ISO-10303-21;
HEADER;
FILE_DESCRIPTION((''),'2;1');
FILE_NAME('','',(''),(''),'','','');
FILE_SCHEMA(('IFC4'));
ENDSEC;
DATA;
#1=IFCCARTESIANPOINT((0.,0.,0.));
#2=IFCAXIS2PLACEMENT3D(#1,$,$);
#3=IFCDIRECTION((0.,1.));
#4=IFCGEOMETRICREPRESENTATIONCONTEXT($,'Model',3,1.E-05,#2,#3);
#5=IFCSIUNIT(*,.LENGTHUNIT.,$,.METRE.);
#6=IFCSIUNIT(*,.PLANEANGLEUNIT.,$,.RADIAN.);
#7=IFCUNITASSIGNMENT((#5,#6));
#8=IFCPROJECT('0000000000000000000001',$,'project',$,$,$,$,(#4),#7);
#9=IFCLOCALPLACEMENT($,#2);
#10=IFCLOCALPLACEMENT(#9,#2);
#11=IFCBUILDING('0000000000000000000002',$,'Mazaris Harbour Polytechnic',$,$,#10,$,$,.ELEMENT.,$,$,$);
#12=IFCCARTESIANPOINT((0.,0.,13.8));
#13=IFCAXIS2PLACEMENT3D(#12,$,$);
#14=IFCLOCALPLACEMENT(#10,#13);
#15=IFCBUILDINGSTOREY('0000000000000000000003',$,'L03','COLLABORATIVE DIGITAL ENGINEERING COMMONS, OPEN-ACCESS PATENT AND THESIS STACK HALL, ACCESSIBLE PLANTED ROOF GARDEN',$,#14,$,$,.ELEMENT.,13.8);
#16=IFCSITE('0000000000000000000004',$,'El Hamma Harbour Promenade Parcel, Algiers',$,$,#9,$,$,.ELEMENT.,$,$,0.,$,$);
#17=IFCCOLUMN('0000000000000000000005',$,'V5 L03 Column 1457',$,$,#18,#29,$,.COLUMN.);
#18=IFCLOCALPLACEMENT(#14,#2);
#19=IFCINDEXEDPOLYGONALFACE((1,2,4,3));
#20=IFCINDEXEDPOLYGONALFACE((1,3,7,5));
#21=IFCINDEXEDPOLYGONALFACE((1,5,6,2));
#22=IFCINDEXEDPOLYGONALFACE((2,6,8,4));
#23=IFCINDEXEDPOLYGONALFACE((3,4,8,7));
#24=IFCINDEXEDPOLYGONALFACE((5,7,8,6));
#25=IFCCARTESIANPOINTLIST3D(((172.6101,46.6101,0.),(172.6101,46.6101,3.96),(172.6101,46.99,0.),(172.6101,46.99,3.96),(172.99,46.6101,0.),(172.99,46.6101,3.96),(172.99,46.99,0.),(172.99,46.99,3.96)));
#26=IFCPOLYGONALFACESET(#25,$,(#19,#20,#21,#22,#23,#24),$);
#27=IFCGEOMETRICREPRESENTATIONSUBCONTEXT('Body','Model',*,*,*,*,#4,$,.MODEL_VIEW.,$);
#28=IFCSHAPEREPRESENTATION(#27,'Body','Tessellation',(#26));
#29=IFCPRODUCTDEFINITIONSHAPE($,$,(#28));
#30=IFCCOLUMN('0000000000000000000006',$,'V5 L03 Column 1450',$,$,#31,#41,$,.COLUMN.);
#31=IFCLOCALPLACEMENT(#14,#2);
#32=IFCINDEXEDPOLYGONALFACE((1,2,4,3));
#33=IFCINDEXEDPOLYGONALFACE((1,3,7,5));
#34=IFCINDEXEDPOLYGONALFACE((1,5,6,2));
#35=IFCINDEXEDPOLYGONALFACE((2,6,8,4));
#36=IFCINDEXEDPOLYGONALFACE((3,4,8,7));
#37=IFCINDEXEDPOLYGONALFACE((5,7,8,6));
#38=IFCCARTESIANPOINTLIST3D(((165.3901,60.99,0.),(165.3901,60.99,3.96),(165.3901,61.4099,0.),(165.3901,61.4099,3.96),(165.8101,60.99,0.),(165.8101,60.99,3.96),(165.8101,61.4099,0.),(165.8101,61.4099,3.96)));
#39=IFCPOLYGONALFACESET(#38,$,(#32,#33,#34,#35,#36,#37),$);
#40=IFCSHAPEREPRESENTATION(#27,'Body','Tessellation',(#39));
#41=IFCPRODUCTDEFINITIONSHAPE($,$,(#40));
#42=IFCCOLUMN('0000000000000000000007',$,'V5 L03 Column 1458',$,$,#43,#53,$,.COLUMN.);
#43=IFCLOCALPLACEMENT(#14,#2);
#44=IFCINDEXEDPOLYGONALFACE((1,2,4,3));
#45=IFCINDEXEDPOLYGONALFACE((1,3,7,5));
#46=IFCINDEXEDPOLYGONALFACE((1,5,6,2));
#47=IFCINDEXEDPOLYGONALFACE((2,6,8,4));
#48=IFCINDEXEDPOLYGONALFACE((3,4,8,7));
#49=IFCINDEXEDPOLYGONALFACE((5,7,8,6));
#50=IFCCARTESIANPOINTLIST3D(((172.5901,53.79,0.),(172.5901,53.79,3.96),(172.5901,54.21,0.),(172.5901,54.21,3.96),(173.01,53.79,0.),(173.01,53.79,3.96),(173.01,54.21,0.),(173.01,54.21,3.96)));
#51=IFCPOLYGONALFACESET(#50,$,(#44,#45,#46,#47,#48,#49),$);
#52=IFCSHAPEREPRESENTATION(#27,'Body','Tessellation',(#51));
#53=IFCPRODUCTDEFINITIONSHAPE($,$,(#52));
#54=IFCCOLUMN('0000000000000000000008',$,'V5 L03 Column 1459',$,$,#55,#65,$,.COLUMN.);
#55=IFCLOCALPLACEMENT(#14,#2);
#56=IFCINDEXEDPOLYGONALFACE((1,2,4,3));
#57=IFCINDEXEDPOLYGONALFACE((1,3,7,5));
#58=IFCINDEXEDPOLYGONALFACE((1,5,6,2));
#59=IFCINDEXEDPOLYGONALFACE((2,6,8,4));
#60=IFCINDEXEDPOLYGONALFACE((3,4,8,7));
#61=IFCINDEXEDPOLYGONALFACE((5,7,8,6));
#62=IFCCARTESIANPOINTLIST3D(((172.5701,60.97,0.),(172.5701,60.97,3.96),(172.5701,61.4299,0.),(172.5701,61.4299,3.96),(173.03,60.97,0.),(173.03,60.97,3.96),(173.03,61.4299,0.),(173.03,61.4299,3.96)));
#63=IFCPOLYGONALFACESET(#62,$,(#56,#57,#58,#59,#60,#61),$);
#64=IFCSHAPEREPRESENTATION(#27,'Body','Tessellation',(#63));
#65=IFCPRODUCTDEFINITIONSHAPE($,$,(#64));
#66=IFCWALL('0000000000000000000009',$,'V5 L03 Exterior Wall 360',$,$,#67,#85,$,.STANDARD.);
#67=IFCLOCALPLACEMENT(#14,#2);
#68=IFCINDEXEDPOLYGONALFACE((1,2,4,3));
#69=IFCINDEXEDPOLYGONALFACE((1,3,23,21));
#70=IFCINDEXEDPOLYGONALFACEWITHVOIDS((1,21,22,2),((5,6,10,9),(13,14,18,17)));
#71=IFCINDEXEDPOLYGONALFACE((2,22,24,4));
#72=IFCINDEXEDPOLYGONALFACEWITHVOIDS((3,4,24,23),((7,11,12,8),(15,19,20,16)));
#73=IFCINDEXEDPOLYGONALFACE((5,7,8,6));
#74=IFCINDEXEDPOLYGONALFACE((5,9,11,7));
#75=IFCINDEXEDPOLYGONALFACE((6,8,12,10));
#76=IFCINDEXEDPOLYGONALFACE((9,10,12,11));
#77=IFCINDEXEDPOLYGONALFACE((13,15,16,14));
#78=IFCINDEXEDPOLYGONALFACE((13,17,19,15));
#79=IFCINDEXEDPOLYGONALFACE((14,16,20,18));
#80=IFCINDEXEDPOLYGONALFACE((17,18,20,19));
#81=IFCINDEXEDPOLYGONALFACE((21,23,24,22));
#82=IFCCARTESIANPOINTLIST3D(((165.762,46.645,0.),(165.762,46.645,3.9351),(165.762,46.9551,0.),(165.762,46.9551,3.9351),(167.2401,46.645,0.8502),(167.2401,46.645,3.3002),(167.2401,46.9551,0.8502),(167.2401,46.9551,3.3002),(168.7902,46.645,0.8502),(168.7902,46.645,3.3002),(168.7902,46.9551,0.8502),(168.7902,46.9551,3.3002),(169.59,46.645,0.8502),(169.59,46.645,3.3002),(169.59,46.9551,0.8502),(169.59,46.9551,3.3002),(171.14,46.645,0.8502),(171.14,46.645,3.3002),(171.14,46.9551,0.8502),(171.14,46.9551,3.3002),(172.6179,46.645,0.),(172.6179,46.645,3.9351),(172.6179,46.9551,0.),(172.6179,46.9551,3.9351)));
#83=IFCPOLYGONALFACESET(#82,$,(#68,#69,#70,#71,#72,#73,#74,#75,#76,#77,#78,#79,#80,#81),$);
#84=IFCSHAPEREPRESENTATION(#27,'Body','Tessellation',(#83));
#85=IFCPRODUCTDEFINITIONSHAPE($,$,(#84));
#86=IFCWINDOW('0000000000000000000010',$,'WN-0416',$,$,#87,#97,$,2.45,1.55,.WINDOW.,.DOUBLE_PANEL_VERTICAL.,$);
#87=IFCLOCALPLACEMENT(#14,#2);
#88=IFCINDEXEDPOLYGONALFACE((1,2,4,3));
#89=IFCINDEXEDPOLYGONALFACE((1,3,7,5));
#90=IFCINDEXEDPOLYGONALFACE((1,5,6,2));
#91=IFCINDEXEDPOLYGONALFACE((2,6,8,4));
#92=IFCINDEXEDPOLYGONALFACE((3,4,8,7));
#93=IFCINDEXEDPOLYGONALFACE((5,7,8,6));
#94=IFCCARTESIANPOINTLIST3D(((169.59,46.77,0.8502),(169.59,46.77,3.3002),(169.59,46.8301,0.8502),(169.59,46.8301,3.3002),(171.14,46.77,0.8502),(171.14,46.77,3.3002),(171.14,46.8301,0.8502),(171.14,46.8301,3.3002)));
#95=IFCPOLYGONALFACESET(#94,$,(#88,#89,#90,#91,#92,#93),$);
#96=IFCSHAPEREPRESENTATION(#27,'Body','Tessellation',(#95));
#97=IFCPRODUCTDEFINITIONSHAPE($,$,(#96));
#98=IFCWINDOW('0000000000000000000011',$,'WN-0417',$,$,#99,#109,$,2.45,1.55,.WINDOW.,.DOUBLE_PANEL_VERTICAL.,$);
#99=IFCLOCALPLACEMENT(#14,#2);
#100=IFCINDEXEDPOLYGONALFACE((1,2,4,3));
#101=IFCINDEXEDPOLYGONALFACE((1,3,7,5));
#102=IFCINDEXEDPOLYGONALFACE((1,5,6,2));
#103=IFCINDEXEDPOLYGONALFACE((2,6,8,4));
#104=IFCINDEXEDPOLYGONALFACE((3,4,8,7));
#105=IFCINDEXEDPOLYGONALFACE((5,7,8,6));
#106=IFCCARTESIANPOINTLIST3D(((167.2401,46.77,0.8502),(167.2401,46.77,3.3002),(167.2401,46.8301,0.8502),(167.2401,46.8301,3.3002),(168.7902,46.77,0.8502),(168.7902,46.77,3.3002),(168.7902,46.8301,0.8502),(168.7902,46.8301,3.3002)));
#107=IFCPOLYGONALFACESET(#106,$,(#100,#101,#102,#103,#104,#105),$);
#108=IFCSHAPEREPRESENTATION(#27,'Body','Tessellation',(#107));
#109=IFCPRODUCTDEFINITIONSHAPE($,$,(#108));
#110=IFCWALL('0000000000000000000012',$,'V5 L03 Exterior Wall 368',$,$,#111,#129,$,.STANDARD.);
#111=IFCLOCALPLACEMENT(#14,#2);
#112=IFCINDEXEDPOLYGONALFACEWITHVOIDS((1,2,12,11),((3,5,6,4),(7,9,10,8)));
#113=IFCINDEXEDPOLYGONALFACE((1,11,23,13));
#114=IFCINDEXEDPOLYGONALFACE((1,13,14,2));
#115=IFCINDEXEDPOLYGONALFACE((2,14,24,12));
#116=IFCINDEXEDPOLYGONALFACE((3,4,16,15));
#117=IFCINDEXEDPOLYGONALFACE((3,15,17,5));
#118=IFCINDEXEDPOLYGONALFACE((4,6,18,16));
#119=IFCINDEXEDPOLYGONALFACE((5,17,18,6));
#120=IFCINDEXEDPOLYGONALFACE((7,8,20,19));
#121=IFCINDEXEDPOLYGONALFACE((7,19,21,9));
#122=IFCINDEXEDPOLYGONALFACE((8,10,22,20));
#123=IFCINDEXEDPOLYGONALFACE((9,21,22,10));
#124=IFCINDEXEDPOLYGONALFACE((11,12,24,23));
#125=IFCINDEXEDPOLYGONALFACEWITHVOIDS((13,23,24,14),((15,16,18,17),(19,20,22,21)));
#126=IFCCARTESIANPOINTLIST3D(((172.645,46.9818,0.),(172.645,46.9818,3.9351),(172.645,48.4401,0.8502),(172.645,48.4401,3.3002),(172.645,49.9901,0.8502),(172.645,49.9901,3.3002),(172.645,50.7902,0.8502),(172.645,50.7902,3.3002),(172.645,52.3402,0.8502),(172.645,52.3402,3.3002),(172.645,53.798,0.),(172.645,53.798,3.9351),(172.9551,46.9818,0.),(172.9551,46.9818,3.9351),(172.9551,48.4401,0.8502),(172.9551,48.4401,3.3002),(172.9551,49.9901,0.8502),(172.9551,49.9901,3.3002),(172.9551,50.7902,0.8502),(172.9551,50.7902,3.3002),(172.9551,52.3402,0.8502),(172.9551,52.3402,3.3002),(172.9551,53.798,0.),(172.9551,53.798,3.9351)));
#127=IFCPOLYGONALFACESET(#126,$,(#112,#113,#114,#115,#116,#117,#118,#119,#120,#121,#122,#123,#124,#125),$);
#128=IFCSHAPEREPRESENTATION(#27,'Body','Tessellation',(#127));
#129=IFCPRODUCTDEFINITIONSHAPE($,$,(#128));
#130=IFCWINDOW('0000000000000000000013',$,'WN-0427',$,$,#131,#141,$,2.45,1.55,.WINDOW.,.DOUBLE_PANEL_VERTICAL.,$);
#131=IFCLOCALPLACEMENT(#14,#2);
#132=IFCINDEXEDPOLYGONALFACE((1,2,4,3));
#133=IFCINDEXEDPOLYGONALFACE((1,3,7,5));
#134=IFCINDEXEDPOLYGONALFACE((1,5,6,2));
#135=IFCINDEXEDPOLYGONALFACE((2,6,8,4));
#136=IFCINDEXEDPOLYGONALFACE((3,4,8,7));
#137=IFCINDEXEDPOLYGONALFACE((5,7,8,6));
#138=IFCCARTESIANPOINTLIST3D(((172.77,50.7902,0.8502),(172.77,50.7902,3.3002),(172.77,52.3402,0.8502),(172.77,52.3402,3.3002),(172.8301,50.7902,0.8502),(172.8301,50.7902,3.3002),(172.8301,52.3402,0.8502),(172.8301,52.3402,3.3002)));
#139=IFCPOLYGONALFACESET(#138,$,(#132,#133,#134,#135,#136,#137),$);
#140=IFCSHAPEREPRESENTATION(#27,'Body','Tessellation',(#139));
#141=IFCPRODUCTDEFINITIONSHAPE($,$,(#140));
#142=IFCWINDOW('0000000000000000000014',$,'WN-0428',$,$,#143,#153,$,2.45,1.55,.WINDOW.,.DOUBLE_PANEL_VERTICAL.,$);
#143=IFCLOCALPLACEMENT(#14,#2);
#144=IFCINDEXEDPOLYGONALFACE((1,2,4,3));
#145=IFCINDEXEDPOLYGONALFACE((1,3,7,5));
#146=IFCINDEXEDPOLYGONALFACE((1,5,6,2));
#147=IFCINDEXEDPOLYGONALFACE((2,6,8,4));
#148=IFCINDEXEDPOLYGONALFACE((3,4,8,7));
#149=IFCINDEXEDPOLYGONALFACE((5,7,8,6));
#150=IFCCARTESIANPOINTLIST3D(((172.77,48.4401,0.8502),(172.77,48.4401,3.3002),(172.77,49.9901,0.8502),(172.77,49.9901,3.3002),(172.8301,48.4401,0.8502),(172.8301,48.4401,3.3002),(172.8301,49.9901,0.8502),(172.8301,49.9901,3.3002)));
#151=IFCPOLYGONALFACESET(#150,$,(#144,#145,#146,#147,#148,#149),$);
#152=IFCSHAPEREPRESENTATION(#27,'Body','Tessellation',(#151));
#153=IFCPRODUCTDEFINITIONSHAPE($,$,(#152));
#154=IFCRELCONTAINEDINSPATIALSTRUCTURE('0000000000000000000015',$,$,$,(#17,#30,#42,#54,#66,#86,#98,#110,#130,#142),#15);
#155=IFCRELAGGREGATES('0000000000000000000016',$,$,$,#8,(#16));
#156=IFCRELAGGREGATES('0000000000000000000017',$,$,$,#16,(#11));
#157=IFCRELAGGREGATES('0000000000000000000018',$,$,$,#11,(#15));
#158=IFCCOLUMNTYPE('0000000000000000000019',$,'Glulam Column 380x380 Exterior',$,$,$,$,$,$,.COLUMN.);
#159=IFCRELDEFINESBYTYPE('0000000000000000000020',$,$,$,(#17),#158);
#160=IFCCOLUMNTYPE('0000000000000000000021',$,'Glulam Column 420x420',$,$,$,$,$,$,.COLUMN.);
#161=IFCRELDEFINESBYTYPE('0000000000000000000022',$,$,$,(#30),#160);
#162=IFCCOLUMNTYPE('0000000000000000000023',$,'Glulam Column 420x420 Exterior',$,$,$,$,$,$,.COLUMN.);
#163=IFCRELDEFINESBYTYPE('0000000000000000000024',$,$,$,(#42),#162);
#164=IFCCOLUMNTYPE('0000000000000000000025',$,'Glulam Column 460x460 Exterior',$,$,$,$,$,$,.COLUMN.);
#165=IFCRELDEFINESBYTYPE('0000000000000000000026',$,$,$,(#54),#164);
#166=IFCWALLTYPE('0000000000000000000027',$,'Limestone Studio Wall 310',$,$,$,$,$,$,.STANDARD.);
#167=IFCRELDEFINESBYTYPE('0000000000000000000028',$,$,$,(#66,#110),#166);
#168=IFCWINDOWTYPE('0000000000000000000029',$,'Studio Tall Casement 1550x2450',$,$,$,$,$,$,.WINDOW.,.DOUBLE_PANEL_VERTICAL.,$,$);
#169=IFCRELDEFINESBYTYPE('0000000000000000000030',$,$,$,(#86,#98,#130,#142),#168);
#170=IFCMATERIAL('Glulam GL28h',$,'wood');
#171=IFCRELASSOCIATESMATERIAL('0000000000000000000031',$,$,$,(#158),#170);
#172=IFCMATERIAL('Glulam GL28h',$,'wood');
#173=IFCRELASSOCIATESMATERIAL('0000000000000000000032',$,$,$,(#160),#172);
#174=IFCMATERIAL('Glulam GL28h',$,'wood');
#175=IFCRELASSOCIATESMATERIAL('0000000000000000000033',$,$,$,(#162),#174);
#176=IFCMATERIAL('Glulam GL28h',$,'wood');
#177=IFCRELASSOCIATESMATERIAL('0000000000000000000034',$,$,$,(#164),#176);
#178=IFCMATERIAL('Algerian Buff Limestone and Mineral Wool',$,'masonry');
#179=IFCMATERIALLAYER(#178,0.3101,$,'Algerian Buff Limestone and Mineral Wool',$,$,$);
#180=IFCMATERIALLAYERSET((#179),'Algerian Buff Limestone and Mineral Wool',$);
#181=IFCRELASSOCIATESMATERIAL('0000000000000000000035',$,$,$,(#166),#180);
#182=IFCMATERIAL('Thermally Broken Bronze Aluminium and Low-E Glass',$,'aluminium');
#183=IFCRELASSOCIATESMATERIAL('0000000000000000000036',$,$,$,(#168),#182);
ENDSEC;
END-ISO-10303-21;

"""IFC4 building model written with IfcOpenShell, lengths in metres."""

from ifc_helpers import new_model, si_unit, direction, frame, frame_2d, origin, origin_2d, place, context, subcontext, project, spatial, rectangle, extrude, material, layer, layer_set, material_profile, profile_set, type_object, element, fill, save


model = new_model("IFC4")

# Units and contexts
model_context = context("Model", 3, precision=1e-05, world=origin(), true_north=direction((0.0, 1.0)))
body_context = subcontext(model_context, "Body", "Model", "MODEL_VIEW")
ifc_project = project(units=[si_unit("LENGTHUNIT", "METRE"), si_unit("PLANEANGLEUNIT", "RADIAN")], contexts=[model_context])

# Site, building, storey
site_placement = place(None, origin())
site = spatial("IfcSite", under=ifc_project, at=site_placement, Name="El Hamma Harbour Promenade Parcel, Algiers", CompositionType="ELEMENT", RefElevation=0.0)
building_placement = place(site_placement, origin())
building = spatial("IfcBuilding", under=site, at=building_placement, Name="Mazaris Harbour Polytechnic", CompositionType="ELEMENT")
storey_placement = place(building_placement, frame((0.0, 0.0, 13.8)))
storey = spatial("IfcBuildingStorey", under=building, at=storey_placement, Name="L03", Description="COLLABORATIVE DIGITAL ENGINEERING COMMONS, OPEN-ACCESS PATENT AND THESIS STACK HALL, ACCESSIBLE PLANTED ROOF GARDEN", CompositionType="ELEMENT", Elevation=13.8)

# Columns
ifc_material_1 = material(Name="Glulam GL28h", Category="wood")
ifc_material_profile_1 = material_profile(ifc_material_1, rectangle(XDim=0.3799, YDim=0.3799, at=origin_2d()), Name="RECT380x380")
ifc_profile_set_1 = profile_set([ifc_material_profile_1], Name="Glulam GL28h")
column_type_1 = type_object("IfcColumnType", Name="Glulam Column 380x380 Exterior", PredefinedType="COLUMN", material=ifc_profile_set_1)
column_1_placement = place(storey_placement, frame((172.8, 46.8, 0.0), z_axis=(0.0, 0.0, 1.0), x_axis=(1.0, 0.0, 0.0)))
element("IfcColumn", 1, at=column_1_placement, inside=storey, type_object=column_type_1, Name="V5 L03 Column 1457", PredefinedType="COLUMN", context=body_context, shape_type="SweptSolid", body=[
    extrude(rectangle(XDim=0.3799, YDim=0.3799, at=origin_2d()), origin(), (0.0, 0.0, 1.0), 3.96),
])
ifc_material_2 = material(Name="Glulam GL28h", Category="wood")
ifc_material_profile_2 = material_profile(ifc_material_2, rectangle(XDim=0.4199, YDim=0.4199, at=origin_2d()), Name="RECT420x420")
ifc_profile_set_2 = profile_set([ifc_material_profile_2], Name="Glulam GL28h")
column_type_2 = type_object("IfcColumnType", Name="Glulam Column 420x420", PredefinedType="COLUMN", material=ifc_profile_set_2)
column_2_placement = place(storey_placement, frame((165.6001, 61.2, 0.0), z_axis=(0.0, 0.0, 1.0), x_axis=(1.0, 0.0, 0.0)))
element("IfcColumn", 2, at=column_2_placement, inside=storey, type_object=column_type_2, Name="V5 L03 Column 1450", PredefinedType="COLUMN", context=body_context, shape_type="SweptSolid", body=[
    extrude(rectangle(XDim=0.4199, YDim=0.4199, at=origin_2d()), origin(), (0.0, 0.0, 1.0), 3.96),
])
ifc_material_3 = material(Name="Glulam GL28h", Category="wood")
ifc_material_profile_3 = material_profile(ifc_material_3, rectangle(XDim=0.4199, YDim=0.4199, at=origin_2d()), Name="RECT420x420")
ifc_profile_set_3 = profile_set([ifc_material_profile_3], Name="Glulam GL28h")
column_type_3 = type_object("IfcColumnType", Name="Glulam Column 420x420 Exterior", PredefinedType="COLUMN", material=ifc_profile_set_3)
column_3_placement = place(storey_placement, frame((172.8, 54.0, 0.0), z_axis=(0.0, 0.0, 1.0), x_axis=(1.0, 0.0, 0.0)))
element("IfcColumn", 3, at=column_3_placement, inside=storey, type_object=column_type_3, Name="V5 L03 Column 1458", PredefinedType="COLUMN", context=body_context, shape_type="SweptSolid", body=[
    extrude(rectangle(XDim=0.4199, YDim=0.4199, at=origin_2d()), origin(), (0.0, 0.0, 1.0), 3.96),
])
ifc_material_4 = material(Name="Glulam GL28h", Category="wood")
ifc_material_profile_4 = material_profile(ifc_material_4, rectangle(XDim=0.46, YDim=0.46, at=origin_2d()), Name="RECT460x460")
ifc_profile_set_4 = profile_set([ifc_material_profile_4], Name="Glulam GL28h")
column_type_4 = type_object("IfcColumnType", Name="Glulam Column 460x460 Exterior", PredefinedType="COLUMN", material=ifc_profile_set_4)
column_4_placement = place(storey_placement, frame((172.8, 61.2, 0.0), z_axis=(0.0, 0.0, 1.0), x_axis=(1.0, 0.0, 0.0)))
element("IfcColumn", 4, at=column_4_placement, inside=storey, type_object=column_type_4, Name="V5 L03 Column 1459", PredefinedType="COLUMN", context=body_context, shape_type="SweptSolid", body=[
    extrude(rectangle(XDim=0.46, YDim=0.46, at=origin_2d()), origin(), (0.0, 0.0, 1.0), 3.96),
])

# Walls, openings, windows
ifc_material_5 = material(Name="Algerian Buff Limestone and Mineral Wool", Category="masonry")
ifc_layer = layer(ifc_material_5, 0.3101, Name="Algerian Buff Limestone and Mineral Wool")
ifc_layer_set = layer_set([ifc_layer], Name="Algerian Buff Limestone and Mineral Wool")
wall_type = type_object("IfcWallType", Name="Limestone Studio Wall 310", PredefinedType="STANDARD", material=ifc_layer_set)
wall_1_placement = place(storey_placement, frame((172.6179, 46.8, 0.0), z_axis=(0.0, 0.0, 1.0), x_axis=(-1.0, 0.0, 0.0)))
wall_1 = element("IfcWall", 5, at=wall_1_placement, inside=storey, type_object=wall_type, Name="V5 L03 Exterior Wall 360", PredefinedType="STANDARD", context=body_context, shape_type="SweptSolid", body=[
    extrude(rectangle(XDim=6.856, YDim=0.3101, at=frame_2d((3.428, 0.0))), origin(), (0.0, 0.0, 1.0), 3.9351),
])
opening_1_placement = place(wall_1_placement, frame((1.478, 0.0, 0.8501)))
opening_1 = element("IfcOpeningElement", 6, at=opening_1_placement, cuts=wall_1, PredefinedType="OPENING", context=body_context, shape_type="SweptSolid", body=[
    extrude(rectangle(XDim=1.55, YDim=2.45, at=frame_2d((0.7749, 1.2251))), frame((0.0, 0.165, 0.0), z_axis=(0.0, -1.0, 0.0), x_axis=(1.0, 0.0, 0.0)), (0.0, 0.0, 1.0), 0.3301),
])
opening_2_placement = place(wall_1_placement, frame((3.8279, 0.0, 0.8501)))
opening_2 = element("IfcOpeningElement", 7, at=opening_2_placement, cuts=wall_1, PredefinedType="OPENING", context=body_context, shape_type="SweptSolid", body=[
    extrude(rectangle(XDim=1.55, YDim=2.45, at=frame_2d((0.7749, 1.2251))), frame((0.0, 0.165, 0.0), z_axis=(0.0, -1.0, 0.0), x_axis=(1.0, 0.0, 0.0)), (0.0, 0.0, 1.0), 0.3301),
])
ifc_material_6 = material(Name="Thermally Broken Bronze Aluminium and Low-E Glass", Category="aluminium")
window_type_1 = type_object("IfcWindowType", Name="Studio Tall Casement 1550x2450", PartitioningType="DOUBLE_PANEL_VERTICAL", PredefinedType="WINDOW", material=ifc_material_6)
window_1_placement = place(opening_1_placement, origin())
window_1 = element("IfcWindow", 8, at=window_1_placement, inside=storey, type_object=window_type_1, Name="WN-0416", OverallHeight=2.45, OverallWidth=1.55, PartitioningType="DOUBLE_PANEL_VERTICAL", PredefinedType="WINDOW", context=body_context, shape_type="SweptSolid", body=[
    extrude(rectangle(XDim=1.55, YDim=2.45, at=frame_2d((0.7749, 1.2251))), frame((0.0, 0.03, 0.0), z_axis=(0.0, -1.0, 0.0), x_axis=(1.0, 0.0, 0.0)), (0.0, 0.0, 1.0), 0.0601),
])
fill(opening_1, window_1)
window_2_placement = place(opening_2_placement, origin())
window_2 = element("IfcWindow", 9, at=window_2_placement, inside=storey, type_object=window_type_1, Name="WN-0417", OverallHeight=2.45, OverallWidth=1.55, PartitioningType="DOUBLE_PANEL_VERTICAL", PredefinedType="WINDOW", context=body_context, shape_type="SweptSolid", body=[
    extrude(rectangle(XDim=1.55, YDim=2.45, at=frame_2d((0.7749, 1.2251))), frame((0.0, 0.03, 0.0), z_axis=(0.0, -1.0, 0.0), x_axis=(1.0, 0.0, 0.0)), (0.0, 0.0, 1.0), 0.0601),
])
fill(opening_2, window_2)
wall_2_placement = place(storey_placement, frame((172.8, 53.7981, 0.0), z_axis=(0.0, 0.0, 1.0), x_axis=(0.0, -1.0, 0.0)))
wall_2 = element("IfcWall", 10, at=wall_2_placement, inside=storey, type_object=wall_type, Name="V5 L03 Exterior Wall 368", PredefinedType="STANDARD", context=body_context, shape_type="SweptSolid", body=[
    extrude(rectangle(XDim=6.8162, YDim=0.3101, at=frame_2d((3.4082, 0.0))), origin(), (0.0, 0.0, 1.0), 3.9351),
])
opening_3_placement = place(wall_2_placement, frame((1.458, 0.0, 0.8501)))
opening_3 = element("IfcOpeningElement", 11, at=opening_3_placement, cuts=wall_2, PredefinedType="OPENING", context=body_context, shape_type="SweptSolid", body=[
    extrude(rectangle(XDim=1.55, YDim=2.45, at=frame_2d((0.7749, 1.2251))), frame((0.0, 0.165, 0.0), z_axis=(0.0, -1.0, 0.0), x_axis=(1.0, 0.0, 0.0)), (0.0, 0.0, 1.0), 0.3301),
])
opening_4_placement = place(wall_2_placement, frame((3.8081, 0.0, 0.8501)))
opening_4 = element("IfcOpeningElement", 12, at=opening_4_placement, cuts=wall_2, PredefinedType="OPENING", context=body_context, shape_type="SweptSolid", body=[
    extrude(rectangle(XDim=1.55, YDim=2.45, at=frame_2d((0.7749, 1.2251))), frame((0.0, 0.165, 0.0), z_axis=(0.0, -1.0, 0.0), x_axis=(1.0, 0.0, 0.0)), (0.0, 0.0, 1.0), 0.3301),
])
window_3_placement = place(opening_3_placement, origin())
window_3 = element("IfcWindow", 13, at=window_3_placement, inside=storey, type_object=window_type_1, Name="WN-0427", OverallHeight=2.45, OverallWidth=1.55, PartitioningType="DOUBLE_PANEL_VERTICAL", PredefinedType="WINDOW", context=body_context, shape_type="SweptSolid", body=[
    extrude(rectangle(XDim=1.55, YDim=2.45, at=frame_2d((0.7749, 1.2251))), frame((0.0, 0.03, 0.0), z_axis=(0.0, -1.0, 0.0), x_axis=(1.0, 0.0, 0.0)), (0.0, 0.0, 1.0), 0.0601),
])
fill(opening_3, window_3)
window_4_placement = place(opening_4_placement, origin())
window_4 = element("IfcWindow", 14, at=window_4_placement, inside=storey, type_object=window_type_1, Name="WN-0428", OverallHeight=2.45, OverallWidth=1.55, PartitioningType="DOUBLE_PANEL_VERTICAL", PredefinedType="WINDOW", context=body_context, shape_type="SweptSolid", body=[
    extrude(rectangle(XDim=1.55, YDim=2.45, at=frame_2d((0.7749, 1.2251))), frame((0.0, 0.03, 0.0), z_axis=(0.0, -1.0, 0.0), x_axis=(1.0, 0.0, 0.0)), (0.0, 0.0, 1.0), 0.0601),
])
fill(opening_4, window_4)

save(model, "model.ifc")
